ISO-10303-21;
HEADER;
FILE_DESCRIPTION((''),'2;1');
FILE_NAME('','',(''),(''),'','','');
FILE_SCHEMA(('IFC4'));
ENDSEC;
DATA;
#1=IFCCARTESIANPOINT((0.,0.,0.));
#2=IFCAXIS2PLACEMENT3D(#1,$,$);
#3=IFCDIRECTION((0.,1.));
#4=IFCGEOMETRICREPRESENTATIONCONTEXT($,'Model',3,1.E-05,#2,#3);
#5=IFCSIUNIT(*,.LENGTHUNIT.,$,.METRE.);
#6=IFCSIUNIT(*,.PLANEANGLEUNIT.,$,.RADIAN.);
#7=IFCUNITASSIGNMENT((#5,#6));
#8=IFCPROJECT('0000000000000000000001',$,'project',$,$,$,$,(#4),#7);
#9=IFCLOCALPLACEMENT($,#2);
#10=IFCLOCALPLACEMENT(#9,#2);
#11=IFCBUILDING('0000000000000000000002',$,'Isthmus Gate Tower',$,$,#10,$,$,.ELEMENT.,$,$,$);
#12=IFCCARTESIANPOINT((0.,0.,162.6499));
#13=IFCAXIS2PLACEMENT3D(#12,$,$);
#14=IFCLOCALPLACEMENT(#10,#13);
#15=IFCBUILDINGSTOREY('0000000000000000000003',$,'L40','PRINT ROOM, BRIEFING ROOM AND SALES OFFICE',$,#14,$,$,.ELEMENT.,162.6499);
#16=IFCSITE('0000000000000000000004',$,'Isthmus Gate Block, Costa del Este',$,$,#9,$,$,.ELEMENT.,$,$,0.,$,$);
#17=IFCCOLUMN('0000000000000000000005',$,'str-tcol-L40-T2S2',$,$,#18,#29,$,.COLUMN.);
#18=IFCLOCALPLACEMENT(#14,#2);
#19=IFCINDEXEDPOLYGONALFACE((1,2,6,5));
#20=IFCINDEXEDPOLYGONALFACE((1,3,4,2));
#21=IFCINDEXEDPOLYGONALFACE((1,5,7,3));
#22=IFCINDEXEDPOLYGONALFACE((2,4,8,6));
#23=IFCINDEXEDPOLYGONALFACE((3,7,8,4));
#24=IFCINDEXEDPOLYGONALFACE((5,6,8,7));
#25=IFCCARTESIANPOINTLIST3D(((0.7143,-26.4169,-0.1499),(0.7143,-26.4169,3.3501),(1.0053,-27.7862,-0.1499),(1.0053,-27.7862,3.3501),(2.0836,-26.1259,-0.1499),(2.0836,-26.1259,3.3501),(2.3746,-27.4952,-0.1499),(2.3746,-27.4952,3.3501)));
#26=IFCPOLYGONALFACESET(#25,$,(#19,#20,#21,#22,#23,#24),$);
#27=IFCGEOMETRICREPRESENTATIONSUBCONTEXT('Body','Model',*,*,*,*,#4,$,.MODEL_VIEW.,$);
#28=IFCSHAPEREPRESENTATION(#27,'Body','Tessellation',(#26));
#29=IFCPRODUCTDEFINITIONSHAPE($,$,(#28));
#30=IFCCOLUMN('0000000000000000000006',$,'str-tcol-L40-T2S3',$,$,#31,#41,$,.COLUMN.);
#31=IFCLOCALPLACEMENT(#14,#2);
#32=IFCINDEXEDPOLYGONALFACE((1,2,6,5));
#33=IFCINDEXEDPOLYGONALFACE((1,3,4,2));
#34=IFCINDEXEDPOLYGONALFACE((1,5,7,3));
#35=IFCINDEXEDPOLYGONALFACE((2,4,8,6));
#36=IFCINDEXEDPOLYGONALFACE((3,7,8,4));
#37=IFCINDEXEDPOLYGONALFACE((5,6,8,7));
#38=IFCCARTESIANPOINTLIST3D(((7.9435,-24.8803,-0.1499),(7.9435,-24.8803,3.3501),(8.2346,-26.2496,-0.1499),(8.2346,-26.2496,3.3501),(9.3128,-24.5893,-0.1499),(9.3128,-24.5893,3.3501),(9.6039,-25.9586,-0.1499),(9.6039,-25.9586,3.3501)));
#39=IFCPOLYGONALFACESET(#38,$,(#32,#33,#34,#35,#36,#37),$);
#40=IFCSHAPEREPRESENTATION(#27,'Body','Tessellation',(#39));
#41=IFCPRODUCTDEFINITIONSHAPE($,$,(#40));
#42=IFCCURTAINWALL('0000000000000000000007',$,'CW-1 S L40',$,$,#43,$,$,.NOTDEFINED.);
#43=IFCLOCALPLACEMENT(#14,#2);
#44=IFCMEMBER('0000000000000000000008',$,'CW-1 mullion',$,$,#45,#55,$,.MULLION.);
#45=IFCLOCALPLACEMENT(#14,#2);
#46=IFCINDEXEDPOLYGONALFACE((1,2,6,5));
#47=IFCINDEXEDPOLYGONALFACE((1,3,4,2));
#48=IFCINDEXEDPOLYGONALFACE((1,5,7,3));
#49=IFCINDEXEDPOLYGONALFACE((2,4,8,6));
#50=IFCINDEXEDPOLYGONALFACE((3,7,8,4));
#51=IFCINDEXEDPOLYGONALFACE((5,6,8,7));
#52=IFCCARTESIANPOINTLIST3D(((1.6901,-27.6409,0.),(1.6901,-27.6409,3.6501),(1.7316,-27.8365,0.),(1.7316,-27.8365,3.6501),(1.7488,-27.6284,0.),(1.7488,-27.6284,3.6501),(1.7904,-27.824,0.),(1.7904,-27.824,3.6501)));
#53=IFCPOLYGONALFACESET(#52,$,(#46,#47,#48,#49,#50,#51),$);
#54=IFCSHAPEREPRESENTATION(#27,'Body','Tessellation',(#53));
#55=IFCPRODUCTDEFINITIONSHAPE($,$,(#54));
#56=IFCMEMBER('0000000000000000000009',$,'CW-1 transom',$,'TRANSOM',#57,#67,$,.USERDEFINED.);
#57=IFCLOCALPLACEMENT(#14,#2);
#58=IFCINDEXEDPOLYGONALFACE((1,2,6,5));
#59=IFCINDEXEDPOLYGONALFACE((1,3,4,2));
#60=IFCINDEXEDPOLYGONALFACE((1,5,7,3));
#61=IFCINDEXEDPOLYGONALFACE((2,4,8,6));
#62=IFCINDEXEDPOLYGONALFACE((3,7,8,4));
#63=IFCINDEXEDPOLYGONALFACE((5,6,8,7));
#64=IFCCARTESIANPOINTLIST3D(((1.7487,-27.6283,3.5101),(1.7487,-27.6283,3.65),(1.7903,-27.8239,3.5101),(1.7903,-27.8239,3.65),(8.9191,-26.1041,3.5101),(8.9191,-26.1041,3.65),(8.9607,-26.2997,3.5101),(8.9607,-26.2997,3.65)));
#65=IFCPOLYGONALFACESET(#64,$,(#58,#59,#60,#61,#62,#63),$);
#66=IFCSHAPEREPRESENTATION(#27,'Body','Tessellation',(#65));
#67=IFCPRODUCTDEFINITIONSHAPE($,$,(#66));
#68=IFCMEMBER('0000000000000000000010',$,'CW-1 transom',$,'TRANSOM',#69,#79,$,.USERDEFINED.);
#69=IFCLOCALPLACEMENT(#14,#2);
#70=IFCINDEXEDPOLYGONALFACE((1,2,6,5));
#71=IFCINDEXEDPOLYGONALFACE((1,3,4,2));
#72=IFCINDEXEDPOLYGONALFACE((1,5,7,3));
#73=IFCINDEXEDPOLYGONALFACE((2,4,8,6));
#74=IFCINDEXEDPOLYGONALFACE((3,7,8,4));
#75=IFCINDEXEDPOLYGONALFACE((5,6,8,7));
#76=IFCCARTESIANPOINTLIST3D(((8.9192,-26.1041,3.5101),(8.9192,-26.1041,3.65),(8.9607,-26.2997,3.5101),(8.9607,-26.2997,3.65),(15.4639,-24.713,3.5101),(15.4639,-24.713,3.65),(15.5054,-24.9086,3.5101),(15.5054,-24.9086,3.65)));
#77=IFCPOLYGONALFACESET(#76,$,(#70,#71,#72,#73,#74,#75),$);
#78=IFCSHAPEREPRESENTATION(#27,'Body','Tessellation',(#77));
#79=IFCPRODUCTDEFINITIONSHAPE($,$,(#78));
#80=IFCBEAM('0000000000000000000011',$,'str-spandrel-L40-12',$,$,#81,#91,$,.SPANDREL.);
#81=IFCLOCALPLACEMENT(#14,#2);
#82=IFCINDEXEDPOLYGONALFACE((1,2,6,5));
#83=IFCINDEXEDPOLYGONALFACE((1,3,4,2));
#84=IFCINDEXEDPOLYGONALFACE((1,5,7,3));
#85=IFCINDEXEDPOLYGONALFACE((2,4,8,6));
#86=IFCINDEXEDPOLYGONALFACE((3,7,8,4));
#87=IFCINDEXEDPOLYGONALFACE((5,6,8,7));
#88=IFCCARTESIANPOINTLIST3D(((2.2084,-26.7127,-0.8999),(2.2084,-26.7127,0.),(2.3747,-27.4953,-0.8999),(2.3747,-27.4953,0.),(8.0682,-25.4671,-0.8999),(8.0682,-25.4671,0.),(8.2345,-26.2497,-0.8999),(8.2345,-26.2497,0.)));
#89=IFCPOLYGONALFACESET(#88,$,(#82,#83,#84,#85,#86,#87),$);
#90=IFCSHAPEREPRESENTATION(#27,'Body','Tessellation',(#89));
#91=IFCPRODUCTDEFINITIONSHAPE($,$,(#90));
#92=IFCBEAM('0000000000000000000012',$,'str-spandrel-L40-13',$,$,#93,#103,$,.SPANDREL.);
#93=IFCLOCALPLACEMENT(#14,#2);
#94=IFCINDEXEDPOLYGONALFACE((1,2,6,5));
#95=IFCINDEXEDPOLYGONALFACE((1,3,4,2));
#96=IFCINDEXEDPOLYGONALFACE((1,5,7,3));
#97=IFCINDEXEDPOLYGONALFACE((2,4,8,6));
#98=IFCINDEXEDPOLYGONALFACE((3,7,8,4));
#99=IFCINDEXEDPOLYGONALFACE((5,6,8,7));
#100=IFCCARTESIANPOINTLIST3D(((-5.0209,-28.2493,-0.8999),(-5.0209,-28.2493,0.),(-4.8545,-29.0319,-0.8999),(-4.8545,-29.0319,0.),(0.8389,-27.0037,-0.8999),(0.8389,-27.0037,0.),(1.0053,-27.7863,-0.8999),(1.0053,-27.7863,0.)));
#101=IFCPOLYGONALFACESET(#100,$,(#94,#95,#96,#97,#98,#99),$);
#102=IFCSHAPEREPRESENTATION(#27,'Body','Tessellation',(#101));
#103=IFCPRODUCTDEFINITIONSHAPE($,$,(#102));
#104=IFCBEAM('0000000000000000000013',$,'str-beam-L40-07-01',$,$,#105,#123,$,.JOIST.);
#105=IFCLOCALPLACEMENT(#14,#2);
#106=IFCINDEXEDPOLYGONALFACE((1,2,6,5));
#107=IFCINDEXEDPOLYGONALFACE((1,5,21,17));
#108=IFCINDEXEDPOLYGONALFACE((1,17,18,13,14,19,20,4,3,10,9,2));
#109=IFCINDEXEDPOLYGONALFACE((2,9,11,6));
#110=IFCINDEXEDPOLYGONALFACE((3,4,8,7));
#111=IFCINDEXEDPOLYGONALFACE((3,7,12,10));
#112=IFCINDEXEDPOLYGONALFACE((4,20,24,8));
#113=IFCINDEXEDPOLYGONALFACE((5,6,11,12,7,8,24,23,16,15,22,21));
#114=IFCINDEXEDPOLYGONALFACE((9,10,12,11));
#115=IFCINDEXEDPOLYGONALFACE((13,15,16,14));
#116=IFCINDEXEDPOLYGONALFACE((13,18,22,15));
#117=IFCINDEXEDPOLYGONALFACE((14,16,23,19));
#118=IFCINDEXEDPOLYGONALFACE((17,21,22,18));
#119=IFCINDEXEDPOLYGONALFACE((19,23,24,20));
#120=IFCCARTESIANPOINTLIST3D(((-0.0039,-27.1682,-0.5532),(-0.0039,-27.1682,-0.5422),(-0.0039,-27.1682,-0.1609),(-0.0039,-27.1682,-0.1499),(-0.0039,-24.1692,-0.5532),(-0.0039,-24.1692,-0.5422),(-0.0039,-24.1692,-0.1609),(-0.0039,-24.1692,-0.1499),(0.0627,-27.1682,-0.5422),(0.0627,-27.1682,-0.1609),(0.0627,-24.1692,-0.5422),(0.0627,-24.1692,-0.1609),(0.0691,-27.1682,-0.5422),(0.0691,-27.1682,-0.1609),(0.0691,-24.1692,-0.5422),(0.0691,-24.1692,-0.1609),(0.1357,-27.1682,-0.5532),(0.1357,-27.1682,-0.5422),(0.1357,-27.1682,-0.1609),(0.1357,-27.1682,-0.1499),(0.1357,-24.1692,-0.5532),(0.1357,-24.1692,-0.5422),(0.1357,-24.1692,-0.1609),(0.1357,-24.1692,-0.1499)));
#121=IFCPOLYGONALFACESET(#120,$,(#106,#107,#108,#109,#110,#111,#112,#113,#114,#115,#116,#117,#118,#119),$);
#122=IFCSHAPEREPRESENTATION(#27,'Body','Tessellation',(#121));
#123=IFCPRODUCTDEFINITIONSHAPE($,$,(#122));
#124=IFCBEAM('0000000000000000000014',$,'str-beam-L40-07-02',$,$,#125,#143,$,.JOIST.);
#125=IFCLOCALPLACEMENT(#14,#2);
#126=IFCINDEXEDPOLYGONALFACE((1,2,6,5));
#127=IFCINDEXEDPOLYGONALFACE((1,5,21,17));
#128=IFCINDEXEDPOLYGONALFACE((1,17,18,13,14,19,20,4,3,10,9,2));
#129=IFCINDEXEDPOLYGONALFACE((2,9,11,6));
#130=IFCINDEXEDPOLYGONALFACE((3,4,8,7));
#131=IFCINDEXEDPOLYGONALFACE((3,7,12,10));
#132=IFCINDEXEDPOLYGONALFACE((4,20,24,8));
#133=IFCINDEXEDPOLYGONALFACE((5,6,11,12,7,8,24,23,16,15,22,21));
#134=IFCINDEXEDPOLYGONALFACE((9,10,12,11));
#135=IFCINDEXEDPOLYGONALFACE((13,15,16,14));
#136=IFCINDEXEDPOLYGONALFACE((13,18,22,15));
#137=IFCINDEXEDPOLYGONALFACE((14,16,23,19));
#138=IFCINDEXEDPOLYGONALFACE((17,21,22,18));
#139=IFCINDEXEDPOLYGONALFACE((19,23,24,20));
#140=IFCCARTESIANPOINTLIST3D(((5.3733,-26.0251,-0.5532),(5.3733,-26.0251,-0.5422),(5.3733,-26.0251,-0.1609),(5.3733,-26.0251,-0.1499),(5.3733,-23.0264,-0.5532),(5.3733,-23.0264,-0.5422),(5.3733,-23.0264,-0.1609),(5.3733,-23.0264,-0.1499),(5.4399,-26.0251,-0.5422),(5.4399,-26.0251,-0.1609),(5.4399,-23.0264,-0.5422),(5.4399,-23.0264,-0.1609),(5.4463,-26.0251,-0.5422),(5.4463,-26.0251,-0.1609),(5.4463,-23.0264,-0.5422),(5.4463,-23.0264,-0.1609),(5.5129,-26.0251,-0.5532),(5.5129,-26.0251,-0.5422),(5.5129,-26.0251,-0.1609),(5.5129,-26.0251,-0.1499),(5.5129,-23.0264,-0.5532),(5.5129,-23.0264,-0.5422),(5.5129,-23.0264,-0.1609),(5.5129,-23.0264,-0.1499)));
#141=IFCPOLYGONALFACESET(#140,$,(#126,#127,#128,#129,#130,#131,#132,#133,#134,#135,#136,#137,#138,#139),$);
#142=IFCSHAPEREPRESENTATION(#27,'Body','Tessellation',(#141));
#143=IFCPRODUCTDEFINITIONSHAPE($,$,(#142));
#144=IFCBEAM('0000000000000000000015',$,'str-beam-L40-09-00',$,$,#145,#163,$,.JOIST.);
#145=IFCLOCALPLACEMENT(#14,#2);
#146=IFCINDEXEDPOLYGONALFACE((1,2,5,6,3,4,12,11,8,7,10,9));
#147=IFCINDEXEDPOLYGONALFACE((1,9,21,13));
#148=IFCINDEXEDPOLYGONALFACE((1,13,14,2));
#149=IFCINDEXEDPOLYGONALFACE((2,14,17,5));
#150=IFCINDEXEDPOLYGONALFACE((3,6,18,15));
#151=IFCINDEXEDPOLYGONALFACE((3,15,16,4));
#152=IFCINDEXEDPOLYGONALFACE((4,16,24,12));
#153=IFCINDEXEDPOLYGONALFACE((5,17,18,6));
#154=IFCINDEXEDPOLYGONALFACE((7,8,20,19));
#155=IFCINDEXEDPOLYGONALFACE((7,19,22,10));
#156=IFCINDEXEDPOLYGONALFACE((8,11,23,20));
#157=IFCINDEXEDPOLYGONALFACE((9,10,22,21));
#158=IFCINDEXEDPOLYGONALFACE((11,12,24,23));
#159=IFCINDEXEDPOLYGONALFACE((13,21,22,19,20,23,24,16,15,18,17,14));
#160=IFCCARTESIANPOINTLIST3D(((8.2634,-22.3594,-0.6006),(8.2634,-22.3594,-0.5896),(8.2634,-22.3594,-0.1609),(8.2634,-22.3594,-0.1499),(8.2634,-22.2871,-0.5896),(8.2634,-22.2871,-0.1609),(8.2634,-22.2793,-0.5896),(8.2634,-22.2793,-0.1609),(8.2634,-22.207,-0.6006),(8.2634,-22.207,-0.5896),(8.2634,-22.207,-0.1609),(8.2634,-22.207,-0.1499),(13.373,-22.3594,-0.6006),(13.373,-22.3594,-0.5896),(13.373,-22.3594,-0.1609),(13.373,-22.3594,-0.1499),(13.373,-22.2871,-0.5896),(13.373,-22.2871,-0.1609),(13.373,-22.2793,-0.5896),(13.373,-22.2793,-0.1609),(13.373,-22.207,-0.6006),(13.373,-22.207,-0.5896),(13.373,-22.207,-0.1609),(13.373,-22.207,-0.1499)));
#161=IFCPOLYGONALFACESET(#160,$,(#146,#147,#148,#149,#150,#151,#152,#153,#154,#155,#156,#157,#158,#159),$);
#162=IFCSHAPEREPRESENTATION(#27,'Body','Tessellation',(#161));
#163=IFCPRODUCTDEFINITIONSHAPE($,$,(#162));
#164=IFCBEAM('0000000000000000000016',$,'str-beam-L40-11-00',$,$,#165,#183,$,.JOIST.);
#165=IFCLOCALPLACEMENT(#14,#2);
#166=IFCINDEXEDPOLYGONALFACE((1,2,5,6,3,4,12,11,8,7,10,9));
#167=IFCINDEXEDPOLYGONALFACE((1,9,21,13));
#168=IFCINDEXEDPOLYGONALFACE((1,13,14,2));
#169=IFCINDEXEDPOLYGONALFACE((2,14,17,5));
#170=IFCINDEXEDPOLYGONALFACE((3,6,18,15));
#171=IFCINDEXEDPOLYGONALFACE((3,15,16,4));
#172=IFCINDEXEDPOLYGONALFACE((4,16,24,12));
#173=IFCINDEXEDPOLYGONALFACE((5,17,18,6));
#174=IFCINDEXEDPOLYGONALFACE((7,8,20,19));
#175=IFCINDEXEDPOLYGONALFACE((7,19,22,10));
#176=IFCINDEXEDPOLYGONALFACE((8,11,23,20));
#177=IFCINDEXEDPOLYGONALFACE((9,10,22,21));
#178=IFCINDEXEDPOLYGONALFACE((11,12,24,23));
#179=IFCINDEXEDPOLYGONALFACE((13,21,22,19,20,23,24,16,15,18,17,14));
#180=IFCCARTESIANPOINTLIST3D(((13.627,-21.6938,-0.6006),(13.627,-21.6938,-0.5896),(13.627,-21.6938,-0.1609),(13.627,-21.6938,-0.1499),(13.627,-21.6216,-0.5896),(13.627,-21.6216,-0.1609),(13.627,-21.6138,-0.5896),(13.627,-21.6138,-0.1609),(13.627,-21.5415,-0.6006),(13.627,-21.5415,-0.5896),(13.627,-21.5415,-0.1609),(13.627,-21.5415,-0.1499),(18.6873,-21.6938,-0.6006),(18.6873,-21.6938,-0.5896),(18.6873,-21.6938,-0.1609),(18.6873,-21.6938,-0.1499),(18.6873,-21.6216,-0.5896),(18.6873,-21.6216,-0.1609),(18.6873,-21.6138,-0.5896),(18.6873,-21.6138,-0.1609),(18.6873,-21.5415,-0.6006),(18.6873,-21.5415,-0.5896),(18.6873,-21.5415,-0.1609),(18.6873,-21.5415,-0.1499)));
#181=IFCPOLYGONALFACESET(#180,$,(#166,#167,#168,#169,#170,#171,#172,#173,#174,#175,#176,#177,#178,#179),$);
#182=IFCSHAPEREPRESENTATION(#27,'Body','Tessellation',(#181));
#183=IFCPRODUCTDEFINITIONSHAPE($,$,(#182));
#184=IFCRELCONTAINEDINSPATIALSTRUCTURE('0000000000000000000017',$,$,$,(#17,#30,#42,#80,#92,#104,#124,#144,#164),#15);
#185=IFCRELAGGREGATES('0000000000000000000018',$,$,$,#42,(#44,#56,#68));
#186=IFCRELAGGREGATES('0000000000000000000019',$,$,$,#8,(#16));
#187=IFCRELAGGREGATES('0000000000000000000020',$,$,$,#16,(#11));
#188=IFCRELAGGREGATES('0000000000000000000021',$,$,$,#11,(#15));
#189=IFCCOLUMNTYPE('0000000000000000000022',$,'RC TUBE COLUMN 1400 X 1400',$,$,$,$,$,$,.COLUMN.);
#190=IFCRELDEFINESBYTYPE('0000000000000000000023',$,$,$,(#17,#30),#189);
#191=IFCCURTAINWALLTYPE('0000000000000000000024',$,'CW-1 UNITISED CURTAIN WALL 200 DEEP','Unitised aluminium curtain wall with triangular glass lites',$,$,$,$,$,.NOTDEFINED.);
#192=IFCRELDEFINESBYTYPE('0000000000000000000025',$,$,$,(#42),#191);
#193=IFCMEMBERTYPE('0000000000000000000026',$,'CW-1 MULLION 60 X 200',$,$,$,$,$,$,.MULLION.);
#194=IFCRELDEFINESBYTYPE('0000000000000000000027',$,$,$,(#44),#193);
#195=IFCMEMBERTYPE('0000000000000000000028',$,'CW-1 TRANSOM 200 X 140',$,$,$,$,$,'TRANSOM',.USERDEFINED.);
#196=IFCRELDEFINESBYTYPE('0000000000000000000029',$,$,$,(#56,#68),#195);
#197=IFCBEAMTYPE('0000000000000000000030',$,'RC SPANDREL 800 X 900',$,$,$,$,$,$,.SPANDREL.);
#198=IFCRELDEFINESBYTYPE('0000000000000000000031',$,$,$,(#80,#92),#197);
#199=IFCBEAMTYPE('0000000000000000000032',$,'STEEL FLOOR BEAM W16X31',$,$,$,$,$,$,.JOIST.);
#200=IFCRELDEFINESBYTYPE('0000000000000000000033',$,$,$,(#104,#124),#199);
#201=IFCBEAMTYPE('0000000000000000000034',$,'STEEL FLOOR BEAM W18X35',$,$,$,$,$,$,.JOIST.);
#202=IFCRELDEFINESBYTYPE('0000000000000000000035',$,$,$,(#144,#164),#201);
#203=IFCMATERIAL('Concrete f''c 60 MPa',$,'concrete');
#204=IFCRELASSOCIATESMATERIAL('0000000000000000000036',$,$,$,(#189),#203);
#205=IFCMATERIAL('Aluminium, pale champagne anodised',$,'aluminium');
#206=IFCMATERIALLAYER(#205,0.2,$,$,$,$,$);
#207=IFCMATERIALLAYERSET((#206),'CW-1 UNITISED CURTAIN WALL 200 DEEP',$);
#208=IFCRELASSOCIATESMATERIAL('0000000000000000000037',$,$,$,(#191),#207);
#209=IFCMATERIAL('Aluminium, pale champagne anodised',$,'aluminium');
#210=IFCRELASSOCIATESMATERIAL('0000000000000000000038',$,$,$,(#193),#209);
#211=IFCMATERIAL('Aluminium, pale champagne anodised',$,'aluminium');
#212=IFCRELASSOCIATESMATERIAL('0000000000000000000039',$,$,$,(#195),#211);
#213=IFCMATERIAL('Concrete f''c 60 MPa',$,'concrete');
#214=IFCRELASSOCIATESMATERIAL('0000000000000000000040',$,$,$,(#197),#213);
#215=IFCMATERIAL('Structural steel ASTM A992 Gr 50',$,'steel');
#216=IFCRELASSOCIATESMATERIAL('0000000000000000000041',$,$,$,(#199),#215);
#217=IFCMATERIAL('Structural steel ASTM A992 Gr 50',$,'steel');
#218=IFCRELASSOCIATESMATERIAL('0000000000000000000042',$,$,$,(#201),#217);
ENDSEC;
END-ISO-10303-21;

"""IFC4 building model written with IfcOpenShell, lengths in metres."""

from ifc_helpers import new_model, si_unit, direction, frame, origin, origin_2d, place, context, subcontext, project, spatial, rectangle, i_section, extrude, material, layer, layer_set, material_profile, profile_set, type_object, element, aggregate, save


model = new_model("IFC4")

# Units and contexts
model_context = context("Model", 3, precision=1e-05, world=origin(), true_north=direction((0.0, 1.0)))
body_context = subcontext(model_context, "Body", "Model", "MODEL_VIEW")
ifc_project = project(units=[si_unit("LENGTHUNIT", "METRE"), si_unit("PLANEANGLEUNIT", "RADIAN")], contexts=[model_context])

# Site, building, storey
site_placement = place(None, origin())
site = spatial("IfcSite", under=ifc_project, at=site_placement, Name="Isthmus Gate Block, Costa del Este", CompositionType="ELEMENT", RefElevation=0.0)
building_placement = place(site_placement, origin())
building = spatial("IfcBuilding", under=site, at=building_placement, Name="Isthmus Gate Tower", CompositionType="ELEMENT")
storey_placement = place(building_placement, frame((0.0, 0.0, 162.6499)))
storey = spatial("IfcBuildingStorey", under=building, at=storey_placement, Name="L40", Description="PRINT ROOM, BRIEFING ROOM AND SALES OFFICE", CompositionType="ELEMENT", Elevation=162.6499)

# Columns
ifc_material_1 = material(Name="Concrete f'c 60 MPa", Category="concrete")
ifc_material_profile_1 = material_profile(ifc_material_1, rectangle(XDim=1.3999, YDim=1.3999, at=origin_2d()), Name="RC 1400X1400")
ifc_profile_set_1 = profile_set([ifc_material_profile_1], Name="Concrete f'c 60 MPa")
column_type = type_object("IfcColumnType", Name="RC TUBE COLUMN 1400 X 1400", PredefinedType="COLUMN", material=ifc_profile_set_1)
for number, where, z_axis, x_axis, name in (
    (1, (1.5444, -26.9561, -0.1499), (0.0, 0.0, 1.0), (0.978148, 0.207912, 0.0), "str-tcol-L40-T2S2"),
    (2, (8.7737, -25.4194, -0.1499), (0.0, 0.0, 1.0), (0.978148, 0.207912, 0.0), "str-tcol-L40-T2S3"),
):
    element("IfcColumn", number, at=place(storey_placement, frame(where, z_axis=z_axis, x_axis=x_axis)), inside=storey, type_object=column_type, Name=name, PredefinedType="COLUMN", context=body_context, shape_type="SweptSolid", body=[
        extrude(rectangle(XDim=1.3999, YDim=1.3999, at=origin_2d()), origin(), (0.0, 0.0, 1.0), 3.5),
    ])

# Curtain wall, members
ifc_material_2 = material(Name="Aluminium, pale champagne anodised", Category="aluminium")
ifc_layer_1 = layer(ifc_material_2, 0.2)
ifc_layer_set_1 = layer_set([ifc_layer_1], Name="CW-1 UNITISED CURTAIN WALL 200 DEEP")
curtain_wall_type = type_object("IfcCurtainWallType", Name="CW-1 UNITISED CURTAIN WALL 200 DEEP", Description="Unitised aluminium curtain wall with triangular glass lites", PredefinedType="NOTDEFINED", material=ifc_layer_set_1)
curtain_wall_placement = place(storey_placement, origin())
curtain_wall = element("IfcCurtainWall", 3, at=curtain_wall_placement, inside=storey, type_object=curtain_wall_type, Name="CW-1 S L40", PredefinedType="NOTDEFINED")
ifc_material_3 = material(Name="Aluminium, pale champagne anodised", Category="aluminium")
ifc_material_profile_2 = material_profile(ifc_material_3, rectangle(XDim=0.0601, YDim=0.2, at=origin_2d()), Name="60x200")
ifc_profile_set_2 = profile_set([ifc_material_profile_2], Name="Aluminium, pale champagne anodised")
member_type_1 = type_object("IfcMemberType", Name="CW-1 MULLION 60 X 200", PredefinedType="MULLION", material=ifc_profile_set_2)
member_1_placement = place(storey_placement, frame((1.7402, -27.7324, 0.0), z_axis=(0.0, 0.0, 1.0), x_axis=(0.978148, 0.207912, 0.0)))
member_1 = element("IfcMember", 4, at=member_1_placement, type_object=member_type_1, Name="CW-1 mullion", PredefinedType="MULLION", context=body_context, shape_type="SweptSolid", body=[
    extrude(rectangle(XDim=0.0601, YDim=0.2, at=origin_2d()), origin(), (0.0, 0.0, 1.0), 3.6501),
])
ifc_material_4 = material(Name="Aluminium, pale champagne anodised", Category="aluminium")
ifc_material_profile_3 = material_profile(ifc_material_4, rectangle(XDim=0.2, YDim=0.1399, at=origin_2d()), Name="200x140")
ifc_profile_set_3 = profile_set([ifc_material_profile_3], Name="Aluminium, pale champagne anodised")
member_type_2 = type_object("IfcMemberType", Name="CW-1 TRANSOM 200 X 140", ElementType="TRANSOM", PredefinedType="USERDEFINED", material=ifc_profile_set_3)
member_2_placement = place(storey_placement, frame((1.7695, -27.7261, 3.5801), z_axis=(0.978146, 0.207919, 0.0), x_axis=(-0.207919, 0.978146, 0.0)))
member_2 = element("IfcMember", 5, at=member_2_placement, type_object=member_type_2, Name="CW-1 transom", ObjectType="TRANSOM", PredefinedType="USERDEFINED", context=body_context, shape_type="SweptSolid", body=[
    extrude(rectangle(XDim=0.2, YDim=0.1399, at=origin_2d()), origin(), (0.0, 0.0, 1.0), 7.3306),
])
member_3_placement = place(storey_placement, frame((8.9399, -26.2019, 3.5801), z_axis=(0.978148, 0.207912, 0.0), x_axis=(-0.207912, 0.978148, 0.0)))
member_3 = element("IfcMember", 6, at=member_3_placement, type_object=member_type_2, Name="CW-1 transom", ObjectType="TRANSOM", PredefinedType="USERDEFINED", context=body_context, shape_type="SweptSolid", body=[
    extrude(rectangle(XDim=0.2, YDim=0.1399, at=origin_2d()), origin(), (0.0, 0.0, 1.0), 6.6909),
])

# Beams
ifc_material_5 = material(Name="Concrete f'c 60 MPa", Category="concrete")
ifc_material_profile_4 = material_profile(ifc_material_5, rectangle(XDim=0.8, YDim=0.8999, at=origin_2d()), Name="RC 800X900")
ifc_profile_set_4 = profile_set([ifc_material_profile_4], Name="Concrete f'c 60 MPa")
beam_type_1 = type_object("IfcBeamType", Name="RC SPANDREL 800 X 900", PredefinedType="SPANDREL", material=ifc_profile_set_4)
for number, where, z_axis, x_axis, name in (
    (7, (8.1514, -25.8584, -0.45), (-0.978146, -0.20792, 0.0), (0.20792, -0.978146, 0.0), "str-spandrel-L40-12"),
    (8, (0.9221, -27.395, -0.45), (-0.978146, -0.20792, 0.0), (0.20792, -0.978146, 0.0), "str-spandrel-L40-13"),
):
    element("IfcBeam", number, at=place(storey_placement, frame(where, z_axis=z_axis, x_axis=x_axis)), inside=storey, type_object=beam_type_1, Name=name, PredefinedType="SPANDREL", context=body_context, shape_type="SweptSolid", body=[
        extrude(rectangle(XDim=0.8, YDim=0.8999, at=origin_2d()), origin(), (0.0, 0.0, 1.0), 5.9907),
    ])
ifc_material_6 = material(Name="Structural steel ASTM A992 Gr 50", Category="steel")
ifc_material_profile_5 = material_profile(ifc_material_6, i_section(OverallWidth=0.1396, OverallDepth=0.4033, WebThickness=0.0063, FlangeThickness=0.011, at=origin_2d()), Name="W16X31")
ifc_profile_set_5 = profile_set([ifc_material_profile_5], Name="Structural steel ASTM A992 Gr 50")
beam_type_2 = type_object("IfcBeamType", Name="STEEL FLOOR BEAM W16X31", PredefinedType="JOIST", material=ifc_profile_set_5)
beam_1_placement = place(storey_placement, frame((0.0659, -27.1682, -0.3516), z_axis=(0.0, 1.0, 0.0), x_axis=(-1.0, 0.0, 0.0)))
element("IfcBeam", 9, at=beam_1_placement, inside=storey, type_object=beam_type_2, Name="str-beam-L40-07-01", PredefinedType="JOIST", context=body_context, shape_type="SweptSolid", body=[
    extrude(i_section(OverallWidth=0.1396, OverallDepth=0.4033, WebThickness=0.0063, FlangeThickness=0.011, at=origin_2d()), origin(), (0.0, 0.0, 1.0), 2.999),
])
beam_2_placement = place(storey_placement, frame((5.4431, -26.0251, -0.3516), z_axis=(0.0, 1.0, 0.0), x_axis=(-1.0, 0.0, 0.0)))
element("IfcBeam", 10, at=beam_2_placement, inside=storey, type_object=beam_type_2, Name="str-beam-L40-07-02", PredefinedType="JOIST", context=body_context, shape_type="SweptSolid", body=[
    extrude(i_section(OverallWidth=0.1396, OverallDepth=0.4033, WebThickness=0.0063, FlangeThickness=0.011, at=origin_2d()), origin(), (0.0, 0.0, 1.0), 2.9988),
])
ifc_material_7 = material(Name="Structural steel ASTM A992 Gr 50", Category="steel")
ifc_material_profile_6 = material_profile(ifc_material_7, i_section(OverallWidth=0.1523, OverallDepth=0.4507, WebThickness=0.0078, FlangeThickness=0.011, at=origin_2d()), Name="W18X35")
ifc_profile_set_6 = profile_set([ifc_material_profile_6], Name="Structural steel ASTM A992 Gr 50")
beam_type_3 = type_object("IfcBeamType", Name="STEEL FLOOR BEAM W18X35", PredefinedType="JOIST", material=ifc_profile_set_6)
beam_3_placement = place(storey_placement, frame((8.2634, -22.2832, -0.3752), z_axis=(1.0, 0.0, 0.0), x_axis=(0.0, 1.0, 0.0)))
element("IfcBeam", 11, at=beam_3_placement, inside=storey, type_object=beam_type_3, Name="str-beam-L40-09-00", PredefinedType="JOIST", context=body_context, shape_type="SweptSolid", body=[
    extrude(i_section(OverallWidth=0.1523, OverallDepth=0.4507, WebThickness=0.0078, FlangeThickness=0.011, at=origin_2d()), origin(), (0.0, 0.0, 1.0), 5.1096),
])
beam_4_placement = place(storey_placement, frame((13.627, -21.6177, -0.3752), z_axis=(1.0, 0.0, 0.0), x_axis=(0.0, 1.0, 0.0)))
element("IfcBeam", 12, at=beam_4_placement, inside=storey, type_object=beam_type_3, Name="str-beam-L40-11-00", PredefinedType="JOIST", context=body_context, shape_type="SweptSolid", body=[
    extrude(i_section(OverallWidth=0.1523, OverallDepth=0.4507, WebThickness=0.0078, FlangeThickness=0.011, at=origin_2d()), origin(), (0.0, 0.0, 1.0), 5.0603),
])

aggregate(curtain_wall, [member_1, member_2, member_3])

save(model, "model.ifc")
